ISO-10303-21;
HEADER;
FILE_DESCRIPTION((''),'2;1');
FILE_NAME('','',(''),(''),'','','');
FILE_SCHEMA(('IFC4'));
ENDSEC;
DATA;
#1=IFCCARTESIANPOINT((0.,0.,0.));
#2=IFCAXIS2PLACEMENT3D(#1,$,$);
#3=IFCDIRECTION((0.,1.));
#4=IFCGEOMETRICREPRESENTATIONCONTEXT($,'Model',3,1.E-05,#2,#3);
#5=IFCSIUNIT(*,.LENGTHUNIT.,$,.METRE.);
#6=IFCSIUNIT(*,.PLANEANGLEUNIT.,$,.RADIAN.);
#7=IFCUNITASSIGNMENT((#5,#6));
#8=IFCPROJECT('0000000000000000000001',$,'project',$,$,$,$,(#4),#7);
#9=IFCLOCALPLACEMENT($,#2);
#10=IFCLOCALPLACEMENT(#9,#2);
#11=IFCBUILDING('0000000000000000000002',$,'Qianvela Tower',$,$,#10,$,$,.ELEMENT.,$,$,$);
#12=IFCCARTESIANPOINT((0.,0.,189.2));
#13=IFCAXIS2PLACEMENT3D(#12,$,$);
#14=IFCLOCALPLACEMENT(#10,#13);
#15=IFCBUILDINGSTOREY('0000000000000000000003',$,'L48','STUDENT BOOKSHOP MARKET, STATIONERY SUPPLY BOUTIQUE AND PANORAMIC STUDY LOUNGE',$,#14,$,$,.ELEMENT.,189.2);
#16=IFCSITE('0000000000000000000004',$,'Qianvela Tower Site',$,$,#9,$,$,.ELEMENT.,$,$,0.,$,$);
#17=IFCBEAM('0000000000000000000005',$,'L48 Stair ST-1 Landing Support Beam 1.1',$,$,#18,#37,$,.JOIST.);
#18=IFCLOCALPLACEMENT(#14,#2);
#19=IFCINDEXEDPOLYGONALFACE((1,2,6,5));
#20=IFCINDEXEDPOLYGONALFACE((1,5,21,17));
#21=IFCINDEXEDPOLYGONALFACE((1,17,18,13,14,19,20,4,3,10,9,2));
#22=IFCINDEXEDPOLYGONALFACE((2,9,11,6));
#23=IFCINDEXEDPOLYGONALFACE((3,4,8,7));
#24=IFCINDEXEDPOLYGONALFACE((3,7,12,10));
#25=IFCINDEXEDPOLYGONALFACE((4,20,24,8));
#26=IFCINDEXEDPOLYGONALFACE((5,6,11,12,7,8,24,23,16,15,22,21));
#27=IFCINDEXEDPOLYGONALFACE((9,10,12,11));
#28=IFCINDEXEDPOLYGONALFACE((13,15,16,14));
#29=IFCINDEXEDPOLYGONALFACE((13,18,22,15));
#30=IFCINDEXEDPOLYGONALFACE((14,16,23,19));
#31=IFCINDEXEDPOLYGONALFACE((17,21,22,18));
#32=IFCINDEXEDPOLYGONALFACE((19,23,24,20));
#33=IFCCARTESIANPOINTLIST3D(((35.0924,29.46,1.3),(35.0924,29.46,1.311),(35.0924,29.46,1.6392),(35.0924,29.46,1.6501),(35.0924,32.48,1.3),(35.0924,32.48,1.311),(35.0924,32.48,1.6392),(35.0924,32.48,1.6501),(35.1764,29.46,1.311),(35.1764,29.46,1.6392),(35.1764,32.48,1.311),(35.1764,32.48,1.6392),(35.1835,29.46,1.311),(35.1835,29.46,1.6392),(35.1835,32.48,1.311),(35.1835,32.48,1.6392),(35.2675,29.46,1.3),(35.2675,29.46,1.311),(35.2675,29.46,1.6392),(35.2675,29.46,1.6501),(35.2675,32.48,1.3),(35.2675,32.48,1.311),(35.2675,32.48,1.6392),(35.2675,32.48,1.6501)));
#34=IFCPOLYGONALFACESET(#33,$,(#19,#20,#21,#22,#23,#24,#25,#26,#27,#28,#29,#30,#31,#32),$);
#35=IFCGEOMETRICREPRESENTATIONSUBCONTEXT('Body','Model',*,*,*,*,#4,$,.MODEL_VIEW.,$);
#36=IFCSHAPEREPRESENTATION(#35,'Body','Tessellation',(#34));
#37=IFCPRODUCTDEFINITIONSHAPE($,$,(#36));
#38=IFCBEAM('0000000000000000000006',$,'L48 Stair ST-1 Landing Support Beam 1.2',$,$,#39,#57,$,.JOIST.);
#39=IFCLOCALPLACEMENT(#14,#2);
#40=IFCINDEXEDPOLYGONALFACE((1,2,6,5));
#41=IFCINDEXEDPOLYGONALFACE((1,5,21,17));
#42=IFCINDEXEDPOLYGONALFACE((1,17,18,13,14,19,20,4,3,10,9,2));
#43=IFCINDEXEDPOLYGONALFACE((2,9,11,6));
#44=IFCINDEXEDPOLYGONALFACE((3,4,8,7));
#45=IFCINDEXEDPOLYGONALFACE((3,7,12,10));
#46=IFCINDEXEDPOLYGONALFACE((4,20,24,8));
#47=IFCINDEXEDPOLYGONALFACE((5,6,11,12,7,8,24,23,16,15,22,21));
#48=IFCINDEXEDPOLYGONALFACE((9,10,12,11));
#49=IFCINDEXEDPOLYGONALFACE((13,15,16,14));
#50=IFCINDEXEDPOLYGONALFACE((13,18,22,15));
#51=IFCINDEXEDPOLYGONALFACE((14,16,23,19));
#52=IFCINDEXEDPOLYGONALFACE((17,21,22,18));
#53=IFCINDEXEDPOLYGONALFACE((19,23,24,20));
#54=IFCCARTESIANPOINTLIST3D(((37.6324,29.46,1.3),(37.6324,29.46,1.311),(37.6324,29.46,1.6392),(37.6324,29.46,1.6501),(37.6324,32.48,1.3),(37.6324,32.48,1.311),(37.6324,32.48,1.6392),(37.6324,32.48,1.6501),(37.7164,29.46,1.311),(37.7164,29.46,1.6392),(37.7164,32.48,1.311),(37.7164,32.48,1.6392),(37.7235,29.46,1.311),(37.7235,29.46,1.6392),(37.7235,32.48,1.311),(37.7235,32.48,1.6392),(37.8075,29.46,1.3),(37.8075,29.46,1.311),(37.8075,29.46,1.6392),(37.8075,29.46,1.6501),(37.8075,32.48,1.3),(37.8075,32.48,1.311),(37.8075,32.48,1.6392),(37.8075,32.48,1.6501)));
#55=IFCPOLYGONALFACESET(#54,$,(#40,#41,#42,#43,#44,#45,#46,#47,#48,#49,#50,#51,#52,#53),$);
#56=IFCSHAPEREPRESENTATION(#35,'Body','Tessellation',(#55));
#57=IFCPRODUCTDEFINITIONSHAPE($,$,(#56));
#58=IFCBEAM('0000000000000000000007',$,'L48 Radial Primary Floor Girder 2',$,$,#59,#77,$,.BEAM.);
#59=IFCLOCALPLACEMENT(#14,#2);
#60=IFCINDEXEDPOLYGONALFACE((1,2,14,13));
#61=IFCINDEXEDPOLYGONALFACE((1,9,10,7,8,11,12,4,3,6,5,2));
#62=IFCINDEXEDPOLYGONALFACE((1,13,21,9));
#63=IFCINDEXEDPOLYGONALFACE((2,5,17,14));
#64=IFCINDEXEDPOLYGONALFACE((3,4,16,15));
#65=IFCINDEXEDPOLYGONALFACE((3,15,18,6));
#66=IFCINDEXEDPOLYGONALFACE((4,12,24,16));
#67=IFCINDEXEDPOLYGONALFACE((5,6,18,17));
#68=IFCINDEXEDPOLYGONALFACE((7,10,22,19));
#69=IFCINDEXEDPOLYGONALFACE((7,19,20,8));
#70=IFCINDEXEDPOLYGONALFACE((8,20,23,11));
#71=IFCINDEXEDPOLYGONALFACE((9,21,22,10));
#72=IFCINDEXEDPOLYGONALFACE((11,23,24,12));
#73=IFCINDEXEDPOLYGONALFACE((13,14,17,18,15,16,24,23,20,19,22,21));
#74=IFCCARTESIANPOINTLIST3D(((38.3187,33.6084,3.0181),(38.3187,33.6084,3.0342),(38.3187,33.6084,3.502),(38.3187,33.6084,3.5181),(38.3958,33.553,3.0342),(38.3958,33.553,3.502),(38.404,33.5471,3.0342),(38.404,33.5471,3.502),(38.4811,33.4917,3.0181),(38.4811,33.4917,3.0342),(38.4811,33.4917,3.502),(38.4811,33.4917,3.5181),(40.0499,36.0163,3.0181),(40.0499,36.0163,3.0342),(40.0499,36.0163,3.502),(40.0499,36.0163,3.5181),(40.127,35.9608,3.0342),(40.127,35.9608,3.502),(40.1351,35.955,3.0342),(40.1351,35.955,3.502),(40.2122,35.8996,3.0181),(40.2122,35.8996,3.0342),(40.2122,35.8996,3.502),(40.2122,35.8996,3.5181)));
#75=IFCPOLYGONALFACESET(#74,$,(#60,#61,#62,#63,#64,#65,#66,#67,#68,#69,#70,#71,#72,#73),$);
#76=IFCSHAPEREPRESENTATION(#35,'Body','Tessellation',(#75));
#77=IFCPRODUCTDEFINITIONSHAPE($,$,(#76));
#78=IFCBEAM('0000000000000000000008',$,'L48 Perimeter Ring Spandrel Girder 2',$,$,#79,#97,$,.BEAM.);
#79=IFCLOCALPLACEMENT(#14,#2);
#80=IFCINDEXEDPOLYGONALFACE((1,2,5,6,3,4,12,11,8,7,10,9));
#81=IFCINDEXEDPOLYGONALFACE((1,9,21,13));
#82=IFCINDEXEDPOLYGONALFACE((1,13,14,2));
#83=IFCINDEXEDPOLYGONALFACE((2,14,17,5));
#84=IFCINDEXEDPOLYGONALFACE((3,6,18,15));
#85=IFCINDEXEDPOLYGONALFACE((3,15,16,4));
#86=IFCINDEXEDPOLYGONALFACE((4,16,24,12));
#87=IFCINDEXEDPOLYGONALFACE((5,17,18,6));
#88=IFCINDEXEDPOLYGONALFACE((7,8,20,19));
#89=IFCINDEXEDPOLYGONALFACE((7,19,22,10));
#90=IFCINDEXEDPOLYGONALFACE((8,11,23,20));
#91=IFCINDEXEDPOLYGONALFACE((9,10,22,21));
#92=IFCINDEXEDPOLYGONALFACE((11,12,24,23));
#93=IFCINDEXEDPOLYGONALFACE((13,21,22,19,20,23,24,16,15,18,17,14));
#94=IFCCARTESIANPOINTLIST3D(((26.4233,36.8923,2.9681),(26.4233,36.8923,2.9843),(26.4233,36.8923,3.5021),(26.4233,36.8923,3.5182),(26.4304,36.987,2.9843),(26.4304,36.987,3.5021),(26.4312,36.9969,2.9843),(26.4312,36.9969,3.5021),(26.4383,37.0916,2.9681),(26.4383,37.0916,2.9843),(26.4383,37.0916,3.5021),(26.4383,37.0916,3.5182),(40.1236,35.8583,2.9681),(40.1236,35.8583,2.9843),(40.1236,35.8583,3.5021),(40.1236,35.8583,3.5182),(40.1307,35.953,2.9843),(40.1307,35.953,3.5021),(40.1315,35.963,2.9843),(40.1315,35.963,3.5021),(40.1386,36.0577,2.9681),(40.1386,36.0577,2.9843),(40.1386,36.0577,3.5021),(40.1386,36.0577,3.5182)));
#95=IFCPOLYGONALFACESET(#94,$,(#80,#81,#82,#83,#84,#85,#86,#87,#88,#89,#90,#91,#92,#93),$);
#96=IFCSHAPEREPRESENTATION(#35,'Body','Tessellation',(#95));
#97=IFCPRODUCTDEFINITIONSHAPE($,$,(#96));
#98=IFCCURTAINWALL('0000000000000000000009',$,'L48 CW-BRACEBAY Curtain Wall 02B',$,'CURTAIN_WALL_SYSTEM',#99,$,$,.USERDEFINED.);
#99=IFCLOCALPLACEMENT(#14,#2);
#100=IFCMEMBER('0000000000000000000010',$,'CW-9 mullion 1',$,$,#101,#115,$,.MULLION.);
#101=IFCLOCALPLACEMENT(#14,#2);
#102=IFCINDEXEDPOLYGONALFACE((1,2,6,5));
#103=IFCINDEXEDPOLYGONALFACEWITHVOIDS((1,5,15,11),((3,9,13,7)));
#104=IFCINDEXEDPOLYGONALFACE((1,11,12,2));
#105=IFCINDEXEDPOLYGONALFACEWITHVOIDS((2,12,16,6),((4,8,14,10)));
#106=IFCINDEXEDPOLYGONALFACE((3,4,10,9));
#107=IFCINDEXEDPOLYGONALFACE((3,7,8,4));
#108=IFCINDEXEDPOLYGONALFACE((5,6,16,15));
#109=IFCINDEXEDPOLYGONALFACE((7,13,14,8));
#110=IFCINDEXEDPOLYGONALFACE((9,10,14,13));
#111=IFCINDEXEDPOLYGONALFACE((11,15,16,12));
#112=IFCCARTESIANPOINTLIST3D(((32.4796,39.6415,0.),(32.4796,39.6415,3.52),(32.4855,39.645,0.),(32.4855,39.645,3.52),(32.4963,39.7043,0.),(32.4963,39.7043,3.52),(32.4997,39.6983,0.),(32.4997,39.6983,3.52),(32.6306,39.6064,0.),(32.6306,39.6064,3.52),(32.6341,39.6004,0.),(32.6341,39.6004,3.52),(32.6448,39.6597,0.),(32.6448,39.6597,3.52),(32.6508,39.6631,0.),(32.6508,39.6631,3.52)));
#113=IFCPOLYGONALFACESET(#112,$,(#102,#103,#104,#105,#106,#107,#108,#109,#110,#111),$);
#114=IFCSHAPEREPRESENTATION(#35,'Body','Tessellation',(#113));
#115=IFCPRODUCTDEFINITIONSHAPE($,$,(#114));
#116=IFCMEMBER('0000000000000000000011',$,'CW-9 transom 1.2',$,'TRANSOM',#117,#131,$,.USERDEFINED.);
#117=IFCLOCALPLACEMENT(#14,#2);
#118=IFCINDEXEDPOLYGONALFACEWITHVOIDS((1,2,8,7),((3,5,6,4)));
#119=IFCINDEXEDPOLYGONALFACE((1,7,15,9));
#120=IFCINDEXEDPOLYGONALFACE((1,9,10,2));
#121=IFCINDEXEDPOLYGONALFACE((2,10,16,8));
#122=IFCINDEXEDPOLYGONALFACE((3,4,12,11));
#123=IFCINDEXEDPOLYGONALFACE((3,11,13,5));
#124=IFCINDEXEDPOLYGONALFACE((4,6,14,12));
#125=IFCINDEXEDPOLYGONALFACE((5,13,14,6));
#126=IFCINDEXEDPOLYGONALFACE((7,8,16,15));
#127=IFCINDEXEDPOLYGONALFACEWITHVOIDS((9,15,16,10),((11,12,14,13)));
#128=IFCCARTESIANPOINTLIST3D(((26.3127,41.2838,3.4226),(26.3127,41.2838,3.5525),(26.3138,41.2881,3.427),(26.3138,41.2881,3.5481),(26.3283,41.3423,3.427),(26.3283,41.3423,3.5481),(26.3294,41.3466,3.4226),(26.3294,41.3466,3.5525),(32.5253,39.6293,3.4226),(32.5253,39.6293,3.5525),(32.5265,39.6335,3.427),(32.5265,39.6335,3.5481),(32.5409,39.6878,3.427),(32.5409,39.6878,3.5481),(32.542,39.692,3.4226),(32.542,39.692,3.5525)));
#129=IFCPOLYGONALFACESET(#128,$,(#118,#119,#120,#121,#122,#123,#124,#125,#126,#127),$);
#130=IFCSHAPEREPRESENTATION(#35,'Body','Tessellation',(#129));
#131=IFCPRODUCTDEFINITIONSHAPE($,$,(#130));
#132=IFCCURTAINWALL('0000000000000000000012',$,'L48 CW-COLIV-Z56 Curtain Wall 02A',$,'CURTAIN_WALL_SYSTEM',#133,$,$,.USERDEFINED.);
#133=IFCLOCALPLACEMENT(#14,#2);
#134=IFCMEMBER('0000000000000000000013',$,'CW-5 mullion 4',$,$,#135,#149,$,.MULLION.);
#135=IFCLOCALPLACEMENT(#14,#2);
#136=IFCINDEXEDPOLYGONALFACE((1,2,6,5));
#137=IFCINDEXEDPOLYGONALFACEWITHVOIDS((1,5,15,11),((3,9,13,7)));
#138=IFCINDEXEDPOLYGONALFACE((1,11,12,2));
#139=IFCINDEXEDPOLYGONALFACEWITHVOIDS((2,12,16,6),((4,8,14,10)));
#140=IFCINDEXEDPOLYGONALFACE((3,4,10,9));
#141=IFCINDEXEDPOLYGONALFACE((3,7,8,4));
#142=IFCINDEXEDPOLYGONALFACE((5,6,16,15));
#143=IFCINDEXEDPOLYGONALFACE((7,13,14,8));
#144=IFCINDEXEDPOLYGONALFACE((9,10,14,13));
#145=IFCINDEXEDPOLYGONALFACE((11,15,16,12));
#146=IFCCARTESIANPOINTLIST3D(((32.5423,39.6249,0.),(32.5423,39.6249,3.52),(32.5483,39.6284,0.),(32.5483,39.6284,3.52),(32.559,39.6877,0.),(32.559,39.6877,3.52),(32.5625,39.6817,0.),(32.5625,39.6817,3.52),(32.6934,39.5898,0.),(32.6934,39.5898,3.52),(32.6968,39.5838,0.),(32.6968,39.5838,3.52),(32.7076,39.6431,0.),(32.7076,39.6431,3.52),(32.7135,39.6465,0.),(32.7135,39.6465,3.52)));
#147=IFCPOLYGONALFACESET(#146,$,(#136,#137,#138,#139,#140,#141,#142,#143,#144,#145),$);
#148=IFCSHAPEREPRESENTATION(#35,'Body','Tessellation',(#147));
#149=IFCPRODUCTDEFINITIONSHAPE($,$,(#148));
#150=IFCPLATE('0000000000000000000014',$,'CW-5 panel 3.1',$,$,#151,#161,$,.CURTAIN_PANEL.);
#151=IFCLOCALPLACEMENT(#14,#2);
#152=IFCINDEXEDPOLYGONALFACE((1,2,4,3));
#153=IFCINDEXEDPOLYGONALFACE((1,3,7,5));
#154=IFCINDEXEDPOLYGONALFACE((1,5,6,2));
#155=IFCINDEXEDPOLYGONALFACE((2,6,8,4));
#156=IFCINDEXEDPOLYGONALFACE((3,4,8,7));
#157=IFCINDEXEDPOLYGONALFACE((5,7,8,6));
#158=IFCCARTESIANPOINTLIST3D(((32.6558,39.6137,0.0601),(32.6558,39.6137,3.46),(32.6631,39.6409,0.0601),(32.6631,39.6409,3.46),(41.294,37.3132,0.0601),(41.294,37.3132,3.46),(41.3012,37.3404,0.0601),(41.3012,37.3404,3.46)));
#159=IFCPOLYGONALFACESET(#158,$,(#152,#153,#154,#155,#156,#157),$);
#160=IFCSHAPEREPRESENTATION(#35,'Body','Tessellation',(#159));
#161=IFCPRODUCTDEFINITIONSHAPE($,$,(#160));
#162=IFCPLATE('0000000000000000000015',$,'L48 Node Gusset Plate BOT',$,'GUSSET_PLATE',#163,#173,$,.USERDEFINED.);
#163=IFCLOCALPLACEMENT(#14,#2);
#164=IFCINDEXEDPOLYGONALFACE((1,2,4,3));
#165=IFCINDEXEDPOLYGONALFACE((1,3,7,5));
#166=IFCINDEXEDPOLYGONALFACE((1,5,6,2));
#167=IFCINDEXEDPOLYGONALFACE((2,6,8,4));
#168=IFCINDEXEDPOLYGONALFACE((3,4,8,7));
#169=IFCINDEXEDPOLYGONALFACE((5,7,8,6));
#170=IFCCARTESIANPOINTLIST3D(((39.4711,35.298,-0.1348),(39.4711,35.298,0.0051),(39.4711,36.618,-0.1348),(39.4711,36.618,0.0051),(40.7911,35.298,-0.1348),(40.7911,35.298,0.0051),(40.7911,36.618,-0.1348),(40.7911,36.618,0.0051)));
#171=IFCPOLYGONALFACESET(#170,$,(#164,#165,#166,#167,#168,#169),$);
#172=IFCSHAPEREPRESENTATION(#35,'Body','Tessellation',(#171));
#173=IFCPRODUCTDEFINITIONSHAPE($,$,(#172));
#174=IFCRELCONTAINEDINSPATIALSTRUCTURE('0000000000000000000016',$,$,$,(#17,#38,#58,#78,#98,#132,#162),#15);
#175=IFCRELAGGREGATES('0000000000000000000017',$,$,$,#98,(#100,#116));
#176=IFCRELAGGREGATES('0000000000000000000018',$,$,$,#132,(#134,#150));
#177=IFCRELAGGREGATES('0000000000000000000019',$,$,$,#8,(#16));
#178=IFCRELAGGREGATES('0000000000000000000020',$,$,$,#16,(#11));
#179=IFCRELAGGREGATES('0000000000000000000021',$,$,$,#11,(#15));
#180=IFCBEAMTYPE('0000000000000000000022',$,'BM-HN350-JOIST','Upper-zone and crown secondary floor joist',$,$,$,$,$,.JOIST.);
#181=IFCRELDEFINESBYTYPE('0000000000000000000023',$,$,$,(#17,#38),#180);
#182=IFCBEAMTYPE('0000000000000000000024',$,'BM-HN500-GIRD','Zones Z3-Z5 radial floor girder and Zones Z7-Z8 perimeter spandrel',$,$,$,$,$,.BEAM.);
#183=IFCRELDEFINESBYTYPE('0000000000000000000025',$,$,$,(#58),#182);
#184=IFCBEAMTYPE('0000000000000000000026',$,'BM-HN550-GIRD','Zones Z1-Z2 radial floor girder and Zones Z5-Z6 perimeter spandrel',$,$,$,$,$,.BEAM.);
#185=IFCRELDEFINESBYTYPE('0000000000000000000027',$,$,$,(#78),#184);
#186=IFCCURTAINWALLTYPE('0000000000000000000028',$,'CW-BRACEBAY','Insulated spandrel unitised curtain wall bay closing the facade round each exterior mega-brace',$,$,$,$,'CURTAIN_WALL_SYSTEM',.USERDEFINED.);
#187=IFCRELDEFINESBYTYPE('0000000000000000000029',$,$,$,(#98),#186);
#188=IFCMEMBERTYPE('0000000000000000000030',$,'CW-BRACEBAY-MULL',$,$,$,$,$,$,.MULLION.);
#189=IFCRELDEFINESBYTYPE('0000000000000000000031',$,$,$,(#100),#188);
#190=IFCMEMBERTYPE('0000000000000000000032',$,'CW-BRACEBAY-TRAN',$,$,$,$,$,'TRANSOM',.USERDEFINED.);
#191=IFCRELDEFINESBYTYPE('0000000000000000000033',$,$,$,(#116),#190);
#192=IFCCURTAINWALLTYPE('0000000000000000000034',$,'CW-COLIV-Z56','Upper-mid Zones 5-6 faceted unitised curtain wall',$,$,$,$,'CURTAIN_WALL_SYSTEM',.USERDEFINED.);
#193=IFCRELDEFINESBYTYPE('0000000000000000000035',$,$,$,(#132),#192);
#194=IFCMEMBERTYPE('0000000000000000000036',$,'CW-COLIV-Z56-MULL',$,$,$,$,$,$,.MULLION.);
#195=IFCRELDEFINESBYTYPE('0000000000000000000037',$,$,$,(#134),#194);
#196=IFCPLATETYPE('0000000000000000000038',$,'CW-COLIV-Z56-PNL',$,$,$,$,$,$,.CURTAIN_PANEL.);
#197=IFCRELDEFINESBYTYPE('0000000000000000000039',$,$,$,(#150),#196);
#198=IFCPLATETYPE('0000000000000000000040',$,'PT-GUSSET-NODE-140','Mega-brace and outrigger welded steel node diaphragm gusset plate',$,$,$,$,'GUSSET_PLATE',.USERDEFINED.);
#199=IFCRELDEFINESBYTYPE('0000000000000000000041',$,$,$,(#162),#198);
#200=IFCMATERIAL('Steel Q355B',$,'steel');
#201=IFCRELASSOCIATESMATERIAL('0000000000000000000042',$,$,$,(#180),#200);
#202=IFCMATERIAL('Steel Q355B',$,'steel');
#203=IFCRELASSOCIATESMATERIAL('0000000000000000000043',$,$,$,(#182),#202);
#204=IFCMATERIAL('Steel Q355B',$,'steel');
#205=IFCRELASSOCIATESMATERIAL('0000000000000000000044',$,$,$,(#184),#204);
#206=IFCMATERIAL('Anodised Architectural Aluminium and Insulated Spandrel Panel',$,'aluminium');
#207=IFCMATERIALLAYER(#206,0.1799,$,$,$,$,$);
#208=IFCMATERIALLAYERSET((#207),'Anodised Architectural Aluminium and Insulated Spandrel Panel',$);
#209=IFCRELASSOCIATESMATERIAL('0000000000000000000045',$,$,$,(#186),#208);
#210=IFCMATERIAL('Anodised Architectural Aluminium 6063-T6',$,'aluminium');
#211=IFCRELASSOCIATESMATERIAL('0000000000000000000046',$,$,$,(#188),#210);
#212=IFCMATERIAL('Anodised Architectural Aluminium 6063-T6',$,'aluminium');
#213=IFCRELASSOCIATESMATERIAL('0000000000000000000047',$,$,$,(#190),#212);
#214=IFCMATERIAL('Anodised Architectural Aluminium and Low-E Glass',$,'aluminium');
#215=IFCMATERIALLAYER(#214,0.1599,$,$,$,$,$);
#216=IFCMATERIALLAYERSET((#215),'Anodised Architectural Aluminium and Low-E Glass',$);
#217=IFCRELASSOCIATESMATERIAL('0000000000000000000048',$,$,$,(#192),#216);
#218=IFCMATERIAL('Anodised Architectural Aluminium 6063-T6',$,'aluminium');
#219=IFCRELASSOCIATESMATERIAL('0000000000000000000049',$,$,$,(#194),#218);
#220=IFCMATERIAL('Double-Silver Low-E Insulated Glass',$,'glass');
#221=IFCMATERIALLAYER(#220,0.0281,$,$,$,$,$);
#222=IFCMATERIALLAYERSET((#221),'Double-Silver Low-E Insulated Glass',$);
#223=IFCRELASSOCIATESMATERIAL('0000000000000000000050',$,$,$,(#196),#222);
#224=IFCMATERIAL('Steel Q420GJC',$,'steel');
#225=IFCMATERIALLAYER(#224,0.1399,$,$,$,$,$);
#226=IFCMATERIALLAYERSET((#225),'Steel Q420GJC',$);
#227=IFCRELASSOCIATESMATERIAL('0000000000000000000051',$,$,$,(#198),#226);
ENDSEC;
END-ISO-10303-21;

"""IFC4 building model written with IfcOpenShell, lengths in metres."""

from ifc_helpers import new_model, si_unit, direction, frame, origin, origin_2d, place, context, subcontext, project, spatial, rectangle, hollow_rectangle, i_section, extrude, material, layer, layer_set, material_profile, profile_set, type_object, element, aggregate, save


model = new_model("IFC4")

# Units and contexts
model_context = context("Model", 3, precision=1e-05, world=origin(), true_north=direction((0.0, 1.0)))
body_context = subcontext(model_context, "Body", "Model", "MODEL_VIEW")
ifc_project = project(units=[si_unit("LENGTHUNIT", "METRE"), si_unit("PLANEANGLEUNIT", "RADIAN")], contexts=[model_context])

# Site, building, storey
site_placement = place(None, origin())
site = spatial("IfcSite", under=ifc_project, at=site_placement, Name="Qianvela Tower Site", CompositionType="ELEMENT", RefElevation=0.0)
building_placement = place(site_placement, origin())
building = spatial("IfcBuilding", under=site, at=building_placement, Name="Qianvela Tower", CompositionType="ELEMENT")
storey_placement = place(building_placement, frame((0.0, 0.0, 189.2)))
storey = spatial("IfcBuildingStorey", under=building, at=storey_placement, Name="L48", Description="STUDENT BOOKSHOP MARKET, STATIONERY SUPPLY BOUTIQUE AND PANORAMIC STUDY LOUNGE", CompositionType="ELEMENT", Elevation=189.2)

# Beams
ifc_material_1 = material(Name="Steel Q355B", Category="steel")
ifc_material_profile_1 = material_profile(ifc_material_1, i_section(OverallWidth=0.175, OverallDepth=0.3501, WebThickness=0.0071, FlangeThickness=0.011, at=origin_2d()), Name="HN350x175x7x11")
ifc_profile_set_1 = profile_set([ifc_material_profile_1], Name="Steel Q355B")
beam_type_1 = type_object("IfcBeamType", Name="BM-HN350-JOIST", Description="Upper-zone and crown secondary floor joist", PredefinedType="JOIST", material=ifc_profile_set_1)
for number, where, z_axis, x_axis, name in (
    (1, (35.1799, 29.46, 1.4751), (0.0, 1.0, 0.0), (-1.0, 0.0, 0.0), "L48 Stair ST-1 Landing Support Beam 1.1"),
    (2, (37.72, 29.46, 1.4751), (0.0, 1.0, 0.0), (-1.0, 0.0, 0.0), "L48 Stair ST-1 Landing Support Beam 1.2"),
):
    element("IfcBeam", number, at=place(storey_placement, frame(where, z_axis=z_axis, x_axis=x_axis)), inside=storey, type_object=beam_type_1, Name=name, PredefinedType="JOIST", context=body_context, shape_type="SweptSolid", body=[
        extrude(i_section(OverallWidth=0.175, OverallDepth=0.3501, WebThickness=0.0071, FlangeThickness=0.011, at=origin_2d()), origin(), (0.0, 0.0, 1.0), 3.02),
    ])
ifc_material_2 = material(Name="Steel Q355B", Category="steel")
ifc_material_profile_2 = material_profile(ifc_material_2, i_section(OverallWidth=0.2, OverallDepth=0.5, WebThickness=0.01, FlangeThickness=0.0161, at=origin_2d()), Name="HN500x200x10x16")
ifc_profile_set_2 = profile_set([ifc_material_profile_2], Name="Steel Q355B")
beam_type_2 = type_object("IfcBeamType", Name="BM-HN500-GIRD", Description="Zones Z3-Z5 radial floor girder and Zones Z7-Z8 perimeter spandrel", PredefinedType="BEAM", material=ifc_profile_set_2)
beam_1_placement = place(storey_placement, frame((38.3999, 33.55, 3.2681), z_axis=(0.583743, 0.811939, 0.0), x_axis=(-0.811939, 0.583743, 0.0)))
element("IfcBeam", 3, at=beam_1_placement, inside=storey, type_object=beam_type_2, Name="L48 Radial Primary Floor Girder 2", PredefinedType="BEAM", context=body_context, shape_type="SweptSolid", body=[
    extrude(i_section(OverallWidth=0.2, OverallDepth=0.5, WebThickness=0.01, FlangeThickness=0.0161, at=origin_2d()), origin(), (0.0, 0.0, 1.0), 2.9656),
])
ifc_material_3 = material(Name="Steel Q355B", Category="steel")
ifc_material_profile_3 = material_profile(ifc_material_3, i_section(OverallWidth=0.2, OverallDepth=0.55, WebThickness=0.01, FlangeThickness=0.0161, at=origin_2d()), Name="HN550x200x10x16")
ifc_profile_set_3 = profile_set([ifc_material_profile_3], Name="Steel Q355B")
beam_type_3 = type_object("IfcBeamType", Name="BM-HN550-GIRD", Description="Zones Z1-Z2 radial floor girder and Zones Z5-Z6 perimeter spandrel", PredefinedType="BEAM", material=ifc_profile_set_3)
beam_2_placement = place(storey_placement, frame((40.1311, 35.958, 3.2432), z_axis=(-0.997164, 0.075255, 0.0), x_axis=(-0.075255, -0.997164, 0.0)))
element("IfcBeam", 4, at=beam_2_placement, inside=storey, type_object=beam_type_3, Name="L48 Perimeter Ring Spandrel Girder 2", PredefinedType="BEAM", context=body_context, shape_type="SweptSolid", body=[
    extrude(i_section(OverallWidth=0.2, OverallDepth=0.55, WebThickness=0.01, FlangeThickness=0.0161, at=origin_2d()), origin(), (0.0, 0.0, 1.0), 13.7393),
])

# Curtain wall, members
ifc_material_4 = material(Name="Anodised Architectural Aluminium and Insulated Spandrel Panel", Category="aluminium")
ifc_layer_1 = layer(ifc_material_4, 0.1799)
ifc_layer_set_1 = layer_set([ifc_layer_1], Name="Anodised Architectural Aluminium and Insulated Spandrel Panel")
curtain_wall_type_1 = type_object("IfcCurtainWallType", Name="CW-BRACEBAY", Description="Insulated spandrel unitised curtain wall bay closing the facade round each exterior mega-brace", ElementType="CURTAIN_WALL_SYSTEM", PredefinedType="USERDEFINED", material=ifc_layer_set_1)
curtain_wall_1_placement = place(storey_placement, origin())
curtain_wall_1 = element("IfcCurtainWall", 5, at=curtain_wall_1_placement, inside=storey, type_object=curtain_wall_type_1, Name="L48 CW-BRACEBAY Curtain Wall 02B", ObjectType="CURTAIN_WALL_SYSTEM", PredefinedType="USERDEFINED")
ifc_material_5 = material(Name="Anodised Architectural Aluminium 6063-T6", Category="aluminium")
ifc_material_profile_4 = material_profile(ifc_material_5, hollow_rectangle(XDim=0.0649, YDim=0.1599, WallThickness=0.0049, at=origin_2d()), Name="ALU-MULL-65x160")
ifc_profile_set_4 = profile_set([ifc_material_profile_4], Name="Anodised Architectural Aluminium 6063-T6")
member_type_1 = type_object("IfcMemberType", Name="CW-BRACEBAY-MULL", PredefinedType="MULLION", material=ifc_profile_set_4)
member_1_placement = place(storey_placement, frame((32.5652, 39.6523, 0.0), z_axis=(0.0, 0.0, 1.0), x_axis=(-0.257348, -0.966319, 0.0)))
member_1 = element("IfcMember", 6, at=member_1_placement, type_object=member_type_1, Name="CW-9 mullion 1", PredefinedType="MULLION", context=body_context, shape_type="SweptSolid", body=[
    extrude(hollow_rectangle(XDim=0.0649, YDim=0.1599, WallThickness=0.0049, at=origin_2d()), origin(), (0.0, 0.0, 1.0), 3.52),
])
ifc_material_6 = material(Name="Anodised Architectural Aluminium 6063-T6", Category="aluminium")
ifc_material_profile_5 = material_profile(ifc_material_6, hollow_rectangle(XDim=0.0649, YDim=0.1299, WallThickness=0.0044, at=origin_2d()), Name="ALU-TRAN-65x130")
ifc_profile_set_5 = profile_set([ifc_material_profile_5], Name="Anodised Architectural Aluminium 6063-T6")
member_type_2 = type_object("IfcMemberType", Name="CW-BRACEBAY-TRAN", ElementType="TRANSOM", PredefinedType="USERDEFINED", material=ifc_profile_set_5)
member_2_placement = place(storey_placement, frame((32.5337, 39.6606, 3.4875), z_axis=(-0.966319, 0.257348, 0.0), x_axis=(-0.257348, -0.966319, 0.0)))
member_2 = element("IfcMember", 7, at=member_2_placement, type_object=member_type_2, Name="CW-9 transom 1.2", ObjectType="TRANSOM", PredefinedType="USERDEFINED", context=body_context, shape_type="SweptSolid", body=[
    extrude(hollow_rectangle(XDim=0.0649, YDim=0.1299, WallThickness=0.0044, at=origin_2d()), origin(), (0.0, 0.0, 1.0), 6.4292),
])
aggregate(curtain_wall_1, [member_1, member_2])

# Curtain wall, member, plate
ifc_material_7 = material(Name="Anodised Architectural Aluminium and Low-E Glass", Category="aluminium")
ifc_layer_2 = layer(ifc_material_7, 0.1599)
ifc_layer_set_2 = layer_set([ifc_layer_2], Name="Anodised Architectural Aluminium and Low-E Glass")
curtain_wall_type_2 = type_object("IfcCurtainWallType", Name="CW-COLIV-Z56", Description="Upper-mid Zones 5-6 faceted unitised curtain wall", ElementType="CURTAIN_WALL_SYSTEM", PredefinedType="USERDEFINED", material=ifc_layer_set_2)
curtain_wall_2_placement = place(storey_placement, origin())
curtain_wall_2 = element("IfcCurtainWall", 8, at=curtain_wall_2_placement, inside=storey, type_object=curtain_wall_type_2, Name="L48 CW-COLIV-Z56 Curtain Wall 02A", ObjectType="CURTAIN_WALL_SYSTEM", PredefinedType="USERDEFINED")
ifc_material_8 = material(Name="Anodised Architectural Aluminium 6063-T6", Category="aluminium")
ifc_material_profile_6 = material_profile(ifc_material_8, hollow_rectangle(XDim=0.0649, YDim=0.1599, WallThickness=0.0049, at=origin_2d()), Name="ALU-MULL-65x160")
ifc_profile_set_6 = profile_set([ifc_material_profile_6], Name="Anodised Architectural Aluminium 6063-T6")
member_type_3 = type_object("IfcMemberType", Name="CW-COLIV-Z56-MULL", PredefinedType="MULLION", material=ifc_profile_set_6)
member_3_placement = place(storey_placement, frame((32.6279, 39.6357, 0.0), z_axis=(0.0, 0.0, 1.0), x_axis=(-0.257351, -0.966318, 0.0)))
member_3 = element("IfcMember", 9, at=member_3_placement, type_object=member_type_3, Name="CW-5 mullion 4", PredefinedType="MULLION", context=body_context, shape_type="SweptSolid", body=[
    extrude(hollow_rectangle(XDim=0.0649, YDim=0.1599, WallThickness=0.0049, at=origin_2d()), origin(), (0.0, 0.0, 1.0), 3.52),
])
ifc_material_9 = material(Name="Double-Silver Low-E Insulated Glass", Category="glass")
ifc_layer_3 = layer(ifc_material_9, 0.0281)
ifc_layer_set_3 = layer_set([ifc_layer_3], Name="Double-Silver Low-E Insulated Glass")
plate_type_1 = type_object("IfcPlateType", Name="CW-COLIV-Z56-PNL", PredefinedType="CURTAIN_PANEL", material=ifc_layer_set_3)
plate_1_placement = place(storey_placement, frame((36.9785, 38.4771, 0.0601), z_axis=(0.0, 0.0, 1.0), x_axis=(-0.966318, 0.257351, 0.0)))
plate_1 = element("IfcPlate", 10, at=plate_1_placement, type_object=plate_type_1, Name="CW-5 panel 3.1", PredefinedType="CURTAIN_PANEL", context=body_context, shape_type="SweptSolid", body=[
    extrude(rectangle(XDim=8.9392, YDim=0.0281, at=origin_2d()), origin(), (0.0, 0.0, 1.0), 3.3999),
])
aggregate(curtain_wall_2, [member_3, plate_1])

# Plate
ifc_material_10 = material(Name="Steel Q420GJC", Category="steel")
ifc_layer_4 = layer(ifc_material_10, 0.1399)
ifc_layer_set_4 = layer_set([ifc_layer_4], Name="Steel Q420GJC")
plate_type_2 = type_object("IfcPlateType", Name="PT-GUSSET-NODE-140", Description="Mega-brace and outrigger welded steel node diaphragm gusset plate", ElementType="GUSSET_PLATE", PredefinedType="USERDEFINED", material=ifc_layer_set_4)
plate_2_placement = place(storey_placement, frame((40.1311, 35.958, -0.1348), z_axis=(0.0, 0.0, 1.0), x_axis=(1.0, 0.0, 0.0)))
element("IfcPlate", 11, at=plate_2_placement, inside=storey, type_object=plate_type_2, Name="L48 Node Gusset Plate BOT", ObjectType="GUSSET_PLATE", PredefinedType="USERDEFINED", context=body_context, shape_type="SweptSolid", body=[
    extrude(rectangle(XDim=1.3201, YDim=1.3201, at=origin_2d()), origin(), (0.0, 0.0, 1.0), 0.1399),
])

save(model, "model.ifc")
